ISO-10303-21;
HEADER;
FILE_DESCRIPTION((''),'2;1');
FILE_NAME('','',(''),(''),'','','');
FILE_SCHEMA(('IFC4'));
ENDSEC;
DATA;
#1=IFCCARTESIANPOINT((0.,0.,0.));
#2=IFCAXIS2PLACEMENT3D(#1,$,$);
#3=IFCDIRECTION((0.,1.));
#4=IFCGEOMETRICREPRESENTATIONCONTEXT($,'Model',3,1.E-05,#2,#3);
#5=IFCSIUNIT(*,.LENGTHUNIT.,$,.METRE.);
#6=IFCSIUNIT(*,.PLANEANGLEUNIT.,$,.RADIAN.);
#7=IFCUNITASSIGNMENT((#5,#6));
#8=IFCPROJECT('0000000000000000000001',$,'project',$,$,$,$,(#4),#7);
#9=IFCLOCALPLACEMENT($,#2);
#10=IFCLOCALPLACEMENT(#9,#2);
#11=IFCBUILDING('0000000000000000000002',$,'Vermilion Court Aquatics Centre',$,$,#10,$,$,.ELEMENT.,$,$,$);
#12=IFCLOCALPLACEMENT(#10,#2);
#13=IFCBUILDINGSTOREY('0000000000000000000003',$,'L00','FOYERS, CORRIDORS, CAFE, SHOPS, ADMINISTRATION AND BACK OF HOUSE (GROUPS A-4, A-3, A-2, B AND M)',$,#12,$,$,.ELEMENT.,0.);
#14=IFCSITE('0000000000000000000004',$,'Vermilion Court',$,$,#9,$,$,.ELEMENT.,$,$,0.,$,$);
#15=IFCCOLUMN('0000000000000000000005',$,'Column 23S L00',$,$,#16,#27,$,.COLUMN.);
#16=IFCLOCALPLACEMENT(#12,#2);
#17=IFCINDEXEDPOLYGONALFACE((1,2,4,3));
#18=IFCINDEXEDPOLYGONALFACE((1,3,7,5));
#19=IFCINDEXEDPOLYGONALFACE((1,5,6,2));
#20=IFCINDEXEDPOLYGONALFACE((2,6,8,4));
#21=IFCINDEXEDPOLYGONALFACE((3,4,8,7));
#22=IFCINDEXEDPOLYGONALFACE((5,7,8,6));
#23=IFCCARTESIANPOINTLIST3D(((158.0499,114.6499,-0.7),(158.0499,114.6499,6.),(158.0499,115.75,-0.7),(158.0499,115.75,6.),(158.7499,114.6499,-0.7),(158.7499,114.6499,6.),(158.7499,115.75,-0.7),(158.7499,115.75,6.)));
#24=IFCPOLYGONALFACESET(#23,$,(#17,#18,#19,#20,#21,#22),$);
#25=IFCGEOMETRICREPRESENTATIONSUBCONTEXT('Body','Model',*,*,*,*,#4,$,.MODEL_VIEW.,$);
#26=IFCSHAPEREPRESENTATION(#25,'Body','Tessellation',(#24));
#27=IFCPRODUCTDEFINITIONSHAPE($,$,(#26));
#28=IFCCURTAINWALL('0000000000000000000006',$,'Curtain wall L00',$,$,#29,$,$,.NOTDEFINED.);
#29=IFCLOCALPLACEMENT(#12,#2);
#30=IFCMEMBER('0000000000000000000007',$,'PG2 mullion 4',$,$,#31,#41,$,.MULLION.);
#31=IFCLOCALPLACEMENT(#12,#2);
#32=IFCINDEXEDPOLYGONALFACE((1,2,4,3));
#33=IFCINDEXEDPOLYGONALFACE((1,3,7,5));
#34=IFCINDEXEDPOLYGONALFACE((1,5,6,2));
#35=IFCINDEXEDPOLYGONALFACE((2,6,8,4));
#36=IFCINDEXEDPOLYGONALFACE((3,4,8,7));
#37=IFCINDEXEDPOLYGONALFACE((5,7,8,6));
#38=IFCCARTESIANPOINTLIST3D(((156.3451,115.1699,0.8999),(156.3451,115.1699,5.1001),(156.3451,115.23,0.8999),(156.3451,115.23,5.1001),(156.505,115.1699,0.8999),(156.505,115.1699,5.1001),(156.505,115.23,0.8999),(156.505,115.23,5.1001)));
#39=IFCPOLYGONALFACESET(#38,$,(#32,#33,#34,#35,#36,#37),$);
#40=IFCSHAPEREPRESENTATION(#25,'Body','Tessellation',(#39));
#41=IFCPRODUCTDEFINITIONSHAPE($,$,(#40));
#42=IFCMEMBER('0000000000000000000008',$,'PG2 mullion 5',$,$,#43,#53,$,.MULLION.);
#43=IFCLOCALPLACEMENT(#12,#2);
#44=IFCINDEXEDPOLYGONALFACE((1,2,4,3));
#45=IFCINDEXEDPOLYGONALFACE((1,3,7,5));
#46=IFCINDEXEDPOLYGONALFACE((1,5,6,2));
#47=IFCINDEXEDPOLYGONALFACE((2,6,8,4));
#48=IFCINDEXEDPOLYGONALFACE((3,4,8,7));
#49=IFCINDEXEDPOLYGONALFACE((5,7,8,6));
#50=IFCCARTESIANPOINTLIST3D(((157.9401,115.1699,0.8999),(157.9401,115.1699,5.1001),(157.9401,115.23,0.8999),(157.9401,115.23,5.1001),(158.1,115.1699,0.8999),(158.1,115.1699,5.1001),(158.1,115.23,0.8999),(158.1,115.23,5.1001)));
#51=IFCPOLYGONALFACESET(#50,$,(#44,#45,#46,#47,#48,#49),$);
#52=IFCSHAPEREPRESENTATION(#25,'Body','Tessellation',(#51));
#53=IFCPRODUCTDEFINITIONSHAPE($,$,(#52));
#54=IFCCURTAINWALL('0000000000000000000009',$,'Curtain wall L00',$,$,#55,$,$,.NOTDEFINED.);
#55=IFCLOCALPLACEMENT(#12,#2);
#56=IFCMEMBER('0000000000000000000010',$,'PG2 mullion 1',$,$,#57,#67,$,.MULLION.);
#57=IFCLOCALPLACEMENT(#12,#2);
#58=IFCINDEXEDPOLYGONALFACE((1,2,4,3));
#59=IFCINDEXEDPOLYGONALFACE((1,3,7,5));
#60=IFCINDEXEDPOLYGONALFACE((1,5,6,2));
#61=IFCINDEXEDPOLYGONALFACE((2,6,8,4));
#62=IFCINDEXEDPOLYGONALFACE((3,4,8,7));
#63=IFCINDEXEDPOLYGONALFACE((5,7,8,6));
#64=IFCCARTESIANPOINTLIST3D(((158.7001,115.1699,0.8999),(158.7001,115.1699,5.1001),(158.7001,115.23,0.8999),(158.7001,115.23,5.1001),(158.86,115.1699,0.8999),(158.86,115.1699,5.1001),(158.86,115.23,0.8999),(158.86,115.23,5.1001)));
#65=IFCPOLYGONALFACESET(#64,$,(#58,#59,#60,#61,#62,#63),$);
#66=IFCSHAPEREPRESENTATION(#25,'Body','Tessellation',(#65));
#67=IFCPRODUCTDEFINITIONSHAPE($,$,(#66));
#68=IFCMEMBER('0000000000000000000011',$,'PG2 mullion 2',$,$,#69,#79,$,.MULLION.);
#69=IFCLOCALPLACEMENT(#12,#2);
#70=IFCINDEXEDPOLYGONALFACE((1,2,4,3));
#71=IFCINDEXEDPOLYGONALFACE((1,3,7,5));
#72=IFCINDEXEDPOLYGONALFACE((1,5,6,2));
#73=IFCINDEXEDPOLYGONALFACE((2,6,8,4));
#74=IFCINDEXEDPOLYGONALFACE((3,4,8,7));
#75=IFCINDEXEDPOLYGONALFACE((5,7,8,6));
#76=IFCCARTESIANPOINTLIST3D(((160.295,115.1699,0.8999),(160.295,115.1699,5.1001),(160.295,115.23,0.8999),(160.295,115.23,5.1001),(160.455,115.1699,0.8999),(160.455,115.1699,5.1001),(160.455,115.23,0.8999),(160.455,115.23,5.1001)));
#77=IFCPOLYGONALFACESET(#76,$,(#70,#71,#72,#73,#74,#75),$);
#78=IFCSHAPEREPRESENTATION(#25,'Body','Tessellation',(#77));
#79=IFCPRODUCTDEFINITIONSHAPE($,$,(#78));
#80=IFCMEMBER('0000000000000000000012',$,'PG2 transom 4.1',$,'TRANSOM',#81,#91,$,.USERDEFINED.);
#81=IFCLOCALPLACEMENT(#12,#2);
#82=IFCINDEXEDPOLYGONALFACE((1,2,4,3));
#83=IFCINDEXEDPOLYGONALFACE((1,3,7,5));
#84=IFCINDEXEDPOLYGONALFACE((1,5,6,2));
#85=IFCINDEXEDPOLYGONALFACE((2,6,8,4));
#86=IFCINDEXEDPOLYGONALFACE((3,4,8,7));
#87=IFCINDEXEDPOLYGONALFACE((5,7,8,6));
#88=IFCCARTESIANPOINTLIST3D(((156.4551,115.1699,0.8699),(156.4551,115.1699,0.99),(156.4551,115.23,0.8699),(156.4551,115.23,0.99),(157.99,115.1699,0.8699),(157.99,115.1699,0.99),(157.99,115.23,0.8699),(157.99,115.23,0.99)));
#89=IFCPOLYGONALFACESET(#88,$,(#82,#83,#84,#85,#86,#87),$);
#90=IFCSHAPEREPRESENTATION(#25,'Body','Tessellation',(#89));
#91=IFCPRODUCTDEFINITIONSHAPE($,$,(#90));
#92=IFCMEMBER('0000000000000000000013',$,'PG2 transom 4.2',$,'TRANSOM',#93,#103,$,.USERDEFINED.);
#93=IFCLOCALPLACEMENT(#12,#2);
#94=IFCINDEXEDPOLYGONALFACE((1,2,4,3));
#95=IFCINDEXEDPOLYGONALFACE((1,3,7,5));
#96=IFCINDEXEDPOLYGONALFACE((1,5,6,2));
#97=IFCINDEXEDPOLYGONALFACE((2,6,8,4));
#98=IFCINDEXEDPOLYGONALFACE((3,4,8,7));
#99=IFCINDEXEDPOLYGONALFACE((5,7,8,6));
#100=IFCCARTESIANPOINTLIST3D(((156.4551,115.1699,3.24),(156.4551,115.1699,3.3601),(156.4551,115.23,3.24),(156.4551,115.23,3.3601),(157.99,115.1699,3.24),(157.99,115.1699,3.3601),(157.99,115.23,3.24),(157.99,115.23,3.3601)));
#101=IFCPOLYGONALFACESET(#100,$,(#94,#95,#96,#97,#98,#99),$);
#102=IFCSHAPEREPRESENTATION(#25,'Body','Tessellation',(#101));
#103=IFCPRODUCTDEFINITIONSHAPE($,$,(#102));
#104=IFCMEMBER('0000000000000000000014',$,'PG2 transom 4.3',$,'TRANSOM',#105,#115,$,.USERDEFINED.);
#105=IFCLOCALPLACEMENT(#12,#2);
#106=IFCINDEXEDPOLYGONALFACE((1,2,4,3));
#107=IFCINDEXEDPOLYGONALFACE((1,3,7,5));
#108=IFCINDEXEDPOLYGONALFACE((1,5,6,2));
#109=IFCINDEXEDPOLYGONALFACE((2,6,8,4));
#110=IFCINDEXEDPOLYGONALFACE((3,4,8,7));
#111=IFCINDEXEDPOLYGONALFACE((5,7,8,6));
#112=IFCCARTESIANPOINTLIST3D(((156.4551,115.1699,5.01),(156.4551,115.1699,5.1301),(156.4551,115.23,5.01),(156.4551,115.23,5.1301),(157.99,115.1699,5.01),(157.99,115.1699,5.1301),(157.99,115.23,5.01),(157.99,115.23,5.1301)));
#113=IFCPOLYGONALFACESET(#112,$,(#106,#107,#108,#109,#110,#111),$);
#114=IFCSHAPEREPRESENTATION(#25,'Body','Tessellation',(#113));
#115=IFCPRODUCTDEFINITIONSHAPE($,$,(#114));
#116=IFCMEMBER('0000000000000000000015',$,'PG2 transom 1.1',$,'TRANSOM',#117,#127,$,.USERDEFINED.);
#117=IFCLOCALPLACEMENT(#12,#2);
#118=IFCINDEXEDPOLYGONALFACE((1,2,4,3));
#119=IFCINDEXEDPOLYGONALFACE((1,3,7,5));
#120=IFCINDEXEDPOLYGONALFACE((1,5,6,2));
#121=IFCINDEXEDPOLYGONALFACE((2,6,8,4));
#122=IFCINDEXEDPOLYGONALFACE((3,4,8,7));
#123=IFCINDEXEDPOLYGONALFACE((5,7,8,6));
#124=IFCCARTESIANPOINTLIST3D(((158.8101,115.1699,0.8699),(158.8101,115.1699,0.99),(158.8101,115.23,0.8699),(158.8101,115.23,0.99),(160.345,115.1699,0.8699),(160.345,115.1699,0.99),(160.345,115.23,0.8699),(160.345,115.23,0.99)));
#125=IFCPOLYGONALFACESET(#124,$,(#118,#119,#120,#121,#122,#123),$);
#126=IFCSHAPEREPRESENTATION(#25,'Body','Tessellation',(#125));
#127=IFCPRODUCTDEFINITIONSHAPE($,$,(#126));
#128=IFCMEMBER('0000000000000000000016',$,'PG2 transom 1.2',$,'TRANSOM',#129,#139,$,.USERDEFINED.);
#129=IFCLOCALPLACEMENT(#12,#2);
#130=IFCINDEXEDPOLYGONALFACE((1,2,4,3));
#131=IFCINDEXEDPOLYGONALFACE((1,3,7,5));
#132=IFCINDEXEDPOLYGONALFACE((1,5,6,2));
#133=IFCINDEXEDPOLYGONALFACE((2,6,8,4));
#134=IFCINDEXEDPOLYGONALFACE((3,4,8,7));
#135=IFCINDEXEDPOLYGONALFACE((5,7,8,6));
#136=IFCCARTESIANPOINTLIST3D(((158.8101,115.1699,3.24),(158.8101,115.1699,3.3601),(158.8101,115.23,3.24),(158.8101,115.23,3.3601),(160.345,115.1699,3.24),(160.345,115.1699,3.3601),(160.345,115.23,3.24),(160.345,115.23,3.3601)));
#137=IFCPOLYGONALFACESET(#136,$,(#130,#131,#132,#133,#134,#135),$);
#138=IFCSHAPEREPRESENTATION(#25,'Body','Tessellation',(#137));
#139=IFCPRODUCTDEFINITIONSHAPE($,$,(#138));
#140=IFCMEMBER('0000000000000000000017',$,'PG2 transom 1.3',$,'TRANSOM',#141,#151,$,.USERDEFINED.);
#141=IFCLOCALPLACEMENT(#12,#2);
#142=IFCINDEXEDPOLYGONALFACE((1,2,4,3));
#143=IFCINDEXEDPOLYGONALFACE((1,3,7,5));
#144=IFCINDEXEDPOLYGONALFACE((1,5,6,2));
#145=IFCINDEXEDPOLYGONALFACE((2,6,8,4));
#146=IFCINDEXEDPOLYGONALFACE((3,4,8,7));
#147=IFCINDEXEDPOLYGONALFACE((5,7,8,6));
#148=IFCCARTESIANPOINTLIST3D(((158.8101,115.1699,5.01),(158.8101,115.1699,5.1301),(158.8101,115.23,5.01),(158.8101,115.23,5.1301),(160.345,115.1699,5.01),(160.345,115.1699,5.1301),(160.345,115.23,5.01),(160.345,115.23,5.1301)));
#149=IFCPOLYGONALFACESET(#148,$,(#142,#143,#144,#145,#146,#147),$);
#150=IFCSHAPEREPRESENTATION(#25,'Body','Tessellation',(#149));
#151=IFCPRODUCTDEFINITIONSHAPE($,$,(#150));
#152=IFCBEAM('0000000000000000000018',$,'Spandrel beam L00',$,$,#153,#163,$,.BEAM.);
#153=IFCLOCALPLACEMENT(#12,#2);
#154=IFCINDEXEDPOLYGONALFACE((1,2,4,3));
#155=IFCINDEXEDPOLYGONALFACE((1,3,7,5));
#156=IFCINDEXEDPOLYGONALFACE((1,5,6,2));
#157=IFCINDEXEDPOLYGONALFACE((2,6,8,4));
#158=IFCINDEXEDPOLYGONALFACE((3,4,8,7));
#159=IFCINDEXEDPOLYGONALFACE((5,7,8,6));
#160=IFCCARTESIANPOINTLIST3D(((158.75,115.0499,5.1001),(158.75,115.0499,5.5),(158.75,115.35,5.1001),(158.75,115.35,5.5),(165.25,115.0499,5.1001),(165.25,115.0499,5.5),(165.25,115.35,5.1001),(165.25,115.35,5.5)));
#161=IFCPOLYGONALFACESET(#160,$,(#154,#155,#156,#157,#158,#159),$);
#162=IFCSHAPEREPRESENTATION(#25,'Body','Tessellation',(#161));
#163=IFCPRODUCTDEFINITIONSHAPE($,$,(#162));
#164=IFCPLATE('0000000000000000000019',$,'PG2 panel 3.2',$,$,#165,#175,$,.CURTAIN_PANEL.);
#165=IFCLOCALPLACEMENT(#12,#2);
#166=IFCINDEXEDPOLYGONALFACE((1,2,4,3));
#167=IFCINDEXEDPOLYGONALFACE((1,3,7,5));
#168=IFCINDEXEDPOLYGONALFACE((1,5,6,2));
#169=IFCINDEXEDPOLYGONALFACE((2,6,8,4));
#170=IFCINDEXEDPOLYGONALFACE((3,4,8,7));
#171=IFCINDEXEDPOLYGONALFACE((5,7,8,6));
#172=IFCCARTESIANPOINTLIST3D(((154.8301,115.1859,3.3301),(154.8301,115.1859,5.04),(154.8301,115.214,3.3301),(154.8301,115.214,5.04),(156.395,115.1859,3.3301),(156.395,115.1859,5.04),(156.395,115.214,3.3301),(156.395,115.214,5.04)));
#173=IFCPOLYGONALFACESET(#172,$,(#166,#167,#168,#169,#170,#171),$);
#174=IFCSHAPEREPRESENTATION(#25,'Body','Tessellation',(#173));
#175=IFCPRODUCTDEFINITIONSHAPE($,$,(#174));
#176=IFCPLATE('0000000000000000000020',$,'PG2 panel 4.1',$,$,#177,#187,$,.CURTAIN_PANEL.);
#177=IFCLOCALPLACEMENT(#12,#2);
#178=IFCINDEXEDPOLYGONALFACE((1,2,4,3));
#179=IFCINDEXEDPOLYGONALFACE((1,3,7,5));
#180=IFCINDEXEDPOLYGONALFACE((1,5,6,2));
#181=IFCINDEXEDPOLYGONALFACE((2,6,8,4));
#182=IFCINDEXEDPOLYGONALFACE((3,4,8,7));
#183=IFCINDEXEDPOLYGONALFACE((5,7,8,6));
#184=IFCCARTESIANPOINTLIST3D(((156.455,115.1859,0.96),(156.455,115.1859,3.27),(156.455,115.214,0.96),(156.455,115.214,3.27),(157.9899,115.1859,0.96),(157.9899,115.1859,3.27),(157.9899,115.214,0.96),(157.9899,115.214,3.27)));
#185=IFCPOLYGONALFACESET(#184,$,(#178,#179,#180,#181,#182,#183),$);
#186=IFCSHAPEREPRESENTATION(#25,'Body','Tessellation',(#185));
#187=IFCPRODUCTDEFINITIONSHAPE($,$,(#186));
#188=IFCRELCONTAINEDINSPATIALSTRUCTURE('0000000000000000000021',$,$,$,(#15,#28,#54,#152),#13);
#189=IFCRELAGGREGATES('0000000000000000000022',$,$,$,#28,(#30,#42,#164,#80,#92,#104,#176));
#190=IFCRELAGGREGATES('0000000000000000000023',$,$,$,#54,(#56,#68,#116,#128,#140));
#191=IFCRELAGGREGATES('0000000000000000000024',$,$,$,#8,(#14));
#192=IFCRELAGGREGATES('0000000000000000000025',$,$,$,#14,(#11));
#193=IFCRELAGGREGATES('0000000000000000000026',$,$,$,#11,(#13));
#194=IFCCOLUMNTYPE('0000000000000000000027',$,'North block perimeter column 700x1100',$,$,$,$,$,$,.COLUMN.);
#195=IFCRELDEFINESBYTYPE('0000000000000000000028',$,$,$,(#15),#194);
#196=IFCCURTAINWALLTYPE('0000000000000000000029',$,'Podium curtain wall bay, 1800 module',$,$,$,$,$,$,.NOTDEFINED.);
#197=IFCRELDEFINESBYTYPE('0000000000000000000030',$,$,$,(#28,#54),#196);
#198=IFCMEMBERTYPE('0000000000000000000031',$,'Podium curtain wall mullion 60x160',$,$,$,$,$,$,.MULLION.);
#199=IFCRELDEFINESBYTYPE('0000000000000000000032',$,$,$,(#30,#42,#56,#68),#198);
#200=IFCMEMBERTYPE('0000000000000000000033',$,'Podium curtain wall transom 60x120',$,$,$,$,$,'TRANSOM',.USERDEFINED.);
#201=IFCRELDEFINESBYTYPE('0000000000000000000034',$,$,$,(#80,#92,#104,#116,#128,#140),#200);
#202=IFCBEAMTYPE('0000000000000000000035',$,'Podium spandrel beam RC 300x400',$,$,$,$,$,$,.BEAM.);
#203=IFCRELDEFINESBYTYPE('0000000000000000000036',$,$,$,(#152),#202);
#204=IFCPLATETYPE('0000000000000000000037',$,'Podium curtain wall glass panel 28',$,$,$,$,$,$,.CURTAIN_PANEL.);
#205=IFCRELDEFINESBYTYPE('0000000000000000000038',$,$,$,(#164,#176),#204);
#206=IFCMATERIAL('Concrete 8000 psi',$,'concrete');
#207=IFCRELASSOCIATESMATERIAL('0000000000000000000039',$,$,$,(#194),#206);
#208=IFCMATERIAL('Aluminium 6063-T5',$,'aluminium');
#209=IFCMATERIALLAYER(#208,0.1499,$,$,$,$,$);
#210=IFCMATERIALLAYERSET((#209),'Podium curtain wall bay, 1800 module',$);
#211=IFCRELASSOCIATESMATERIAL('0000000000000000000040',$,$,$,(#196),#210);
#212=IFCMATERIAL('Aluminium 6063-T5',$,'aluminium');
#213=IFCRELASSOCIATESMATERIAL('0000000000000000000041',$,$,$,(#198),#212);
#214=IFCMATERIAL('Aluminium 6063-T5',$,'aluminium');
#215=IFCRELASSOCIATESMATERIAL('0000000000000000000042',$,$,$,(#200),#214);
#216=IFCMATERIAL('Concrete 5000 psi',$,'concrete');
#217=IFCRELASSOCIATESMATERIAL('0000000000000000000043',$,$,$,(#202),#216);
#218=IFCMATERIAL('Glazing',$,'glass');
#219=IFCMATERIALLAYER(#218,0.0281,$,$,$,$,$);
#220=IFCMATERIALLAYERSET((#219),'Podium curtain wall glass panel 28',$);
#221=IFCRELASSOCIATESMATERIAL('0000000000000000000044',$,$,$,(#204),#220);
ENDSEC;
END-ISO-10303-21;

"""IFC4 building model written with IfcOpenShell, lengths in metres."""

from ifc_helpers import new_model, si_unit, direction, frame, origin, origin_2d, place, context, subcontext, project, spatial, rectangle, extrude, material, layer, layer_set, material_profile, profile_set, type_object, element, aggregate, save


model = new_model("IFC4")

# Units and contexts
model_context = context("Model", 3, precision=1e-05, world=origin(), true_north=direction((0.0, 1.0)))
body_context = subcontext(model_context, "Body", "Model", "MODEL_VIEW")
ifc_project = project(units=[si_unit("LENGTHUNIT", "METRE"), si_unit("PLANEANGLEUNIT", "RADIAN")], contexts=[model_context])

# Site, building, storey
site_placement = place(None, origin())
site = spatial("IfcSite", under=ifc_project, at=site_placement, Name="Vermilion Court", CompositionType="ELEMENT", RefElevation=0.0)
building_placement = place(site_placement, origin())
building = spatial("IfcBuilding", under=site, at=building_placement, Name="Vermilion Court Aquatics Centre", CompositionType="ELEMENT")
storey_placement = place(building_placement, origin())
storey = spatial("IfcBuildingStorey", under=building, at=storey_placement, Name="L00", Description="FOYERS, CORRIDORS, CAFE, SHOPS, ADMINISTRATION AND BACK OF HOUSE (GROUPS A-4, A-3, A-2, B AND M)", CompositionType="ELEMENT", Elevation=0.0)

# Column
ifc_material_1 = material(Name="Concrete 8000 psi", Category="concrete")
ifc_material_profile_1 = material_profile(ifc_material_1, rectangle(XDim=0.7, YDim=1.1001, at=origin_2d()), Name="RC 700x1100")
ifc_profile_set_1 = profile_set([ifc_material_profile_1], Name="Concrete 8000 psi")
column_type = type_object("IfcColumnType", Name="North block perimeter column 700x1100", PredefinedType="COLUMN", material=ifc_profile_set_1)
column_placement = place(storey_placement, frame((158.3999, 115.2, -0.7), z_axis=(0.0, 0.0, 1.0), x_axis=(1.0, 0.0, 0.0)))
element("IfcColumn", 1, at=column_placement, inside=storey, type_object=column_type, Name="Column 23S L00", PredefinedType="COLUMN", context=body_context, shape_type="SweptSolid", body=[
    extrude(rectangle(XDim=0.7, YDim=1.1001, at=origin_2d()), origin(), (0.0, 0.0, 1.0), 6.7),
])

# Curtain walls, members
ifc_material_2 = material(Name="Aluminium 6063-T5", Category="aluminium")
ifc_layer_1 = layer(ifc_material_2, 0.1499)
ifc_layer_set_1 = layer_set([ifc_layer_1], Name="Podium curtain wall bay, 1800 module")
curtain_wall_type = type_object("IfcCurtainWallType", Name="Podium curtain wall bay, 1800 module", PredefinedType="NOTDEFINED", material=ifc_layer_set_1)
curtain_wall_1_placement = place(storey_placement, origin())
curtain_wall_1 = element("IfcCurtainWall", 2, at=curtain_wall_1_placement, inside=storey, type_object=curtain_wall_type, Name="Curtain wall L00", PredefinedType="NOTDEFINED")
ifc_material_3 = material(Name="Aluminium 6063-T5", Category="aluminium")
ifc_material_profile_2 = material_profile(ifc_material_3, rectangle(XDim=0.0601, YDim=0.1599, at=origin_2d()), Name="Mullion 60x160")
ifc_profile_set_2 = profile_set([ifc_material_profile_2], Name="Aluminium 6063-T5")
member_type_1 = type_object("IfcMemberType", Name="Podium curtain wall mullion 60x160", PredefinedType="MULLION", material=ifc_profile_set_2)
member_1_placement = place(storey_placement, frame((156.425, 115.2, 0.8999), z_axis=(0.0, 0.0, 1.0), x_axis=(0.0, 1.0, 0.0)))
member_1 = element("IfcMember", 3, at=member_1_placement, type_object=member_type_1, Name="PG2 mullion 4", PredefinedType="MULLION", context=body_context, shape_type="SweptSolid", body=[
    extrude(rectangle(XDim=0.0601, YDim=0.1599, at=origin_2d()), origin(), (0.0, 0.0, 1.0), 4.2002),
])
member_2_placement = place(storey_placement, frame((158.02, 115.2, 0.8999), z_axis=(0.0, 0.0, 1.0), x_axis=(0.0, 1.0, 0.0)))
member_2 = element("IfcMember", 4, at=member_2_placement, type_object=member_type_1, Name="PG2 mullion 5", PredefinedType="MULLION", context=body_context, shape_type="SweptSolid", body=[
    extrude(rectangle(XDim=0.0601, YDim=0.1599, at=origin_2d()), origin(), (0.0, 0.0, 1.0), 4.2002),
])
curtain_wall_2_placement = place(storey_placement, origin())
curtain_wall_2 = element("IfcCurtainWall", 5, at=curtain_wall_2_placement, inside=storey, type_object=curtain_wall_type, Name="Curtain wall L00", PredefinedType="NOTDEFINED")
member_3_placement = place(storey_placement, frame((158.78, 115.2, 0.8999), z_axis=(0.0, 0.0, 1.0), x_axis=(0.0, 1.0, 0.0)))
member_3 = element("IfcMember", 6, at=member_3_placement, type_object=member_type_1, Name="PG2 mullion 1", PredefinedType="MULLION", context=body_context, shape_type="SweptSolid", body=[
    extrude(rectangle(XDim=0.0601, YDim=0.1599, at=origin_2d()), origin(), (0.0, 0.0, 1.0), 4.2002),
])
member_4_placement = place(storey_placement, frame((160.375, 115.2, 0.8999), z_axis=(0.0, 0.0, 1.0), x_axis=(0.0, 1.0, 0.0)))
member_4 = element("IfcMember", 7, at=member_4_placement, type_object=member_type_1, Name="PG2 mullion 2", PredefinedType="MULLION", context=body_context, shape_type="SweptSolid", body=[
    extrude(rectangle(XDim=0.0601, YDim=0.1599, at=origin_2d()), origin(), (0.0, 0.0, 1.0), 4.2002),
])

# Members
ifc_material_4 = material(Name="Aluminium 6063-T5", Category="aluminium")
ifc_material_profile_3 = material_profile(ifc_material_4, rectangle(XDim=0.0601, YDim=0.1201, at=origin_2d()), Name="Transom 60x120")
ifc_profile_set_3 = profile_set([ifc_material_profile_3], Name="Aluminium 6063-T5")
member_type_2 = type_object("IfcMemberType", Name="Podium curtain wall transom 60x120", ElementType="TRANSOM", PredefinedType="USERDEFINED", material=ifc_profile_set_3)
member_5_placement = place(storey_placement, frame((156.4551, 115.2, 0.9299), z_axis=(1.0, 0.0, 0.0), x_axis=(0.0, 1.0, 0.0)))
member_5 = element("IfcMember", 8, at=member_5_placement, type_object=member_type_2, Name="PG2 transom 4.1", ObjectType="TRANSOM", PredefinedType="USERDEFINED", context=body_context, shape_type="SweptSolid", body=[
    extrude(rectangle(XDim=0.0601, YDim=0.1201, at=origin_2d()), origin(), (0.0, 0.0, 1.0), 1.5349),
])
member_6_placement = place(storey_placement, frame((156.4551, 115.2, 3.3), z_axis=(1.0, 0.0, 0.0), x_axis=(0.0, 1.0, 0.0)))
member_6 = element("IfcMember", 9, at=member_6_placement, type_object=member_type_2, Name="PG2 transom 4.2", ObjectType="TRANSOM", PredefinedType="USERDEFINED", context=body_context, shape_type="SweptSolid", body=[
    extrude(rectangle(XDim=0.0601, YDim=0.1201, at=origin_2d()), origin(), (0.0, 0.0, 1.0), 1.5349),
])
member_7_placement = place(storey_placement, frame((156.4551, 115.2, 5.0701), z_axis=(1.0, 0.0, 0.0), x_axis=(0.0, 1.0, 0.0)))
member_7 = element("IfcMember", 10, at=member_7_placement, type_object=member_type_2, Name="PG2 transom 4.3", ObjectType="TRANSOM", PredefinedType="USERDEFINED", context=body_context, shape_type="SweptSolid", body=[
    extrude(rectangle(XDim=0.0601, YDim=0.1201, at=origin_2d()), origin(), (0.0, 0.0, 1.0), 1.5349),
])
member_8_placement = place(storey_placement, frame((158.8101, 115.2, 0.9299), z_axis=(1.0, 0.0, 0.0), x_axis=(0.0, 1.0, 0.0)))
member_8 = element("IfcMember", 11, at=member_8_placement, type_object=member_type_2, Name="PG2 transom 1.1", ObjectType="TRANSOM", PredefinedType="USERDEFINED", context=body_context, shape_type="SweptSolid", body=[
    extrude(rectangle(XDim=0.0601, YDim=0.1201, at=origin_2d()), origin(), (0.0, 0.0, 1.0), 1.5349),
])
member_9_placement = place(storey_placement, frame((158.8101, 115.2, 3.3), z_axis=(1.0, 0.0, 0.0), x_axis=(0.0, 1.0, 0.0)))
member_9 = element("IfcMember", 12, at=member_9_placement, type_object=member_type_2, Name="PG2 transom 1.2", ObjectType="TRANSOM", PredefinedType="USERDEFINED", context=body_context, shape_type="SweptSolid", body=[
    extrude(rectangle(XDim=0.0601, YDim=0.1201, at=origin_2d()), origin(), (0.0, 0.0, 1.0), 1.5349),
])
member_10_placement = place(storey_placement, frame((158.8101, 115.2, 5.0701), z_axis=(1.0, 0.0, 0.0), x_axis=(0.0, 1.0, 0.0)))
member_10 = element("IfcMember", 13, at=member_10_placement, type_object=member_type_2, Name="PG2 transom 1.3", ObjectType="TRANSOM", PredefinedType="USERDEFINED", context=body_context, shape_type="SweptSolid", body=[
    extrude(rectangle(XDim=0.0601, YDim=0.1201, at=origin_2d()), origin(), (0.0, 0.0, 1.0), 1.5349),
])

# Beam
ifc_material_5 = material(Name="Concrete 5000 psi", Category="concrete")
ifc_material_profile_4 = material_profile(ifc_material_5, rectangle(XDim=0.3, YDim=0.3999, at=origin_2d()), Name="RC 300x400")
ifc_profile_set_4 = profile_set([ifc_material_profile_4], Name="Concrete 5000 psi")
beam_type = type_object("IfcBeamType", Name="Podium spandrel beam RC 300x400", PredefinedType="BEAM", material=ifc_profile_set_4)
beam_placement = place(storey_placement, frame((158.75, 115.2, 5.3), z_axis=(1.0, 0.0, 0.0), x_axis=(0.0, 1.0, 0.0)))
element("IfcBeam", 14, at=beam_placement, inside=storey, type_object=beam_type, Name="Spandrel beam L00", PredefinedType="BEAM", context=body_context, shape_type="SweptSolid", body=[
    extrude(rectangle(XDim=0.3, YDim=0.3999, at=origin_2d()), origin(), (0.0, 0.0, 1.0), 6.5),
])

# Plates
ifc_material_6 = material(Name="Glazing", Category="glass")
ifc_layer_2 = layer(ifc_material_6, 0.0281)
ifc_layer_set_2 = layer_set([ifc_layer_2], Name="Podium curtain wall glass panel 28")
plate_type = type_object("IfcPlateType", Name="Podium curtain wall glass panel 28", PredefinedType="CURTAIN_PANEL", material=ifc_layer_set_2)
plate_1_placement = place(storey_placement, frame((155.6125, 115.2, 3.3301), z_axis=(0.0, 0.0, 1.0), x_axis=(1.0, 0.0, 0.0)))
plate_1 = element("IfcPlate", 15, at=plate_1_placement, type_object=plate_type, Name="PG2 panel 3.2", PredefinedType="CURTAIN_PANEL", context=body_context, shape_type="SweptSolid", body=[
    extrude(rectangle(XDim=1.5649, YDim=0.0281, at=origin_2d()), origin(), (0.0, 0.0, 1.0), 1.71),
])
plate_2_placement = place(storey_placement, frame((157.2224, 115.2, 0.96), z_axis=(0.0, 0.0, 1.0), x_axis=(1.0, 0.0, 0.0)))
plate_2 = element("IfcPlate", 16, at=plate_2_placement, type_object=plate_type, Name="PG2 panel 4.1", PredefinedType="CURTAIN_PANEL", context=body_context, shape_type="SweptSolid", body=[
    extrude(rectangle(XDim=1.5349, YDim=0.0281, at=origin_2d()), origin(), (0.0, 0.0, 1.0), 2.3101),
])
aggregate(curtain_wall_1, [member_1, member_2, plate_1, member_5, member_6, member_7, plate_2])
aggregate(curtain_wall_2, [member_3, member_4, member_8, member_9, member_10])

save(model, "model.ifc")
